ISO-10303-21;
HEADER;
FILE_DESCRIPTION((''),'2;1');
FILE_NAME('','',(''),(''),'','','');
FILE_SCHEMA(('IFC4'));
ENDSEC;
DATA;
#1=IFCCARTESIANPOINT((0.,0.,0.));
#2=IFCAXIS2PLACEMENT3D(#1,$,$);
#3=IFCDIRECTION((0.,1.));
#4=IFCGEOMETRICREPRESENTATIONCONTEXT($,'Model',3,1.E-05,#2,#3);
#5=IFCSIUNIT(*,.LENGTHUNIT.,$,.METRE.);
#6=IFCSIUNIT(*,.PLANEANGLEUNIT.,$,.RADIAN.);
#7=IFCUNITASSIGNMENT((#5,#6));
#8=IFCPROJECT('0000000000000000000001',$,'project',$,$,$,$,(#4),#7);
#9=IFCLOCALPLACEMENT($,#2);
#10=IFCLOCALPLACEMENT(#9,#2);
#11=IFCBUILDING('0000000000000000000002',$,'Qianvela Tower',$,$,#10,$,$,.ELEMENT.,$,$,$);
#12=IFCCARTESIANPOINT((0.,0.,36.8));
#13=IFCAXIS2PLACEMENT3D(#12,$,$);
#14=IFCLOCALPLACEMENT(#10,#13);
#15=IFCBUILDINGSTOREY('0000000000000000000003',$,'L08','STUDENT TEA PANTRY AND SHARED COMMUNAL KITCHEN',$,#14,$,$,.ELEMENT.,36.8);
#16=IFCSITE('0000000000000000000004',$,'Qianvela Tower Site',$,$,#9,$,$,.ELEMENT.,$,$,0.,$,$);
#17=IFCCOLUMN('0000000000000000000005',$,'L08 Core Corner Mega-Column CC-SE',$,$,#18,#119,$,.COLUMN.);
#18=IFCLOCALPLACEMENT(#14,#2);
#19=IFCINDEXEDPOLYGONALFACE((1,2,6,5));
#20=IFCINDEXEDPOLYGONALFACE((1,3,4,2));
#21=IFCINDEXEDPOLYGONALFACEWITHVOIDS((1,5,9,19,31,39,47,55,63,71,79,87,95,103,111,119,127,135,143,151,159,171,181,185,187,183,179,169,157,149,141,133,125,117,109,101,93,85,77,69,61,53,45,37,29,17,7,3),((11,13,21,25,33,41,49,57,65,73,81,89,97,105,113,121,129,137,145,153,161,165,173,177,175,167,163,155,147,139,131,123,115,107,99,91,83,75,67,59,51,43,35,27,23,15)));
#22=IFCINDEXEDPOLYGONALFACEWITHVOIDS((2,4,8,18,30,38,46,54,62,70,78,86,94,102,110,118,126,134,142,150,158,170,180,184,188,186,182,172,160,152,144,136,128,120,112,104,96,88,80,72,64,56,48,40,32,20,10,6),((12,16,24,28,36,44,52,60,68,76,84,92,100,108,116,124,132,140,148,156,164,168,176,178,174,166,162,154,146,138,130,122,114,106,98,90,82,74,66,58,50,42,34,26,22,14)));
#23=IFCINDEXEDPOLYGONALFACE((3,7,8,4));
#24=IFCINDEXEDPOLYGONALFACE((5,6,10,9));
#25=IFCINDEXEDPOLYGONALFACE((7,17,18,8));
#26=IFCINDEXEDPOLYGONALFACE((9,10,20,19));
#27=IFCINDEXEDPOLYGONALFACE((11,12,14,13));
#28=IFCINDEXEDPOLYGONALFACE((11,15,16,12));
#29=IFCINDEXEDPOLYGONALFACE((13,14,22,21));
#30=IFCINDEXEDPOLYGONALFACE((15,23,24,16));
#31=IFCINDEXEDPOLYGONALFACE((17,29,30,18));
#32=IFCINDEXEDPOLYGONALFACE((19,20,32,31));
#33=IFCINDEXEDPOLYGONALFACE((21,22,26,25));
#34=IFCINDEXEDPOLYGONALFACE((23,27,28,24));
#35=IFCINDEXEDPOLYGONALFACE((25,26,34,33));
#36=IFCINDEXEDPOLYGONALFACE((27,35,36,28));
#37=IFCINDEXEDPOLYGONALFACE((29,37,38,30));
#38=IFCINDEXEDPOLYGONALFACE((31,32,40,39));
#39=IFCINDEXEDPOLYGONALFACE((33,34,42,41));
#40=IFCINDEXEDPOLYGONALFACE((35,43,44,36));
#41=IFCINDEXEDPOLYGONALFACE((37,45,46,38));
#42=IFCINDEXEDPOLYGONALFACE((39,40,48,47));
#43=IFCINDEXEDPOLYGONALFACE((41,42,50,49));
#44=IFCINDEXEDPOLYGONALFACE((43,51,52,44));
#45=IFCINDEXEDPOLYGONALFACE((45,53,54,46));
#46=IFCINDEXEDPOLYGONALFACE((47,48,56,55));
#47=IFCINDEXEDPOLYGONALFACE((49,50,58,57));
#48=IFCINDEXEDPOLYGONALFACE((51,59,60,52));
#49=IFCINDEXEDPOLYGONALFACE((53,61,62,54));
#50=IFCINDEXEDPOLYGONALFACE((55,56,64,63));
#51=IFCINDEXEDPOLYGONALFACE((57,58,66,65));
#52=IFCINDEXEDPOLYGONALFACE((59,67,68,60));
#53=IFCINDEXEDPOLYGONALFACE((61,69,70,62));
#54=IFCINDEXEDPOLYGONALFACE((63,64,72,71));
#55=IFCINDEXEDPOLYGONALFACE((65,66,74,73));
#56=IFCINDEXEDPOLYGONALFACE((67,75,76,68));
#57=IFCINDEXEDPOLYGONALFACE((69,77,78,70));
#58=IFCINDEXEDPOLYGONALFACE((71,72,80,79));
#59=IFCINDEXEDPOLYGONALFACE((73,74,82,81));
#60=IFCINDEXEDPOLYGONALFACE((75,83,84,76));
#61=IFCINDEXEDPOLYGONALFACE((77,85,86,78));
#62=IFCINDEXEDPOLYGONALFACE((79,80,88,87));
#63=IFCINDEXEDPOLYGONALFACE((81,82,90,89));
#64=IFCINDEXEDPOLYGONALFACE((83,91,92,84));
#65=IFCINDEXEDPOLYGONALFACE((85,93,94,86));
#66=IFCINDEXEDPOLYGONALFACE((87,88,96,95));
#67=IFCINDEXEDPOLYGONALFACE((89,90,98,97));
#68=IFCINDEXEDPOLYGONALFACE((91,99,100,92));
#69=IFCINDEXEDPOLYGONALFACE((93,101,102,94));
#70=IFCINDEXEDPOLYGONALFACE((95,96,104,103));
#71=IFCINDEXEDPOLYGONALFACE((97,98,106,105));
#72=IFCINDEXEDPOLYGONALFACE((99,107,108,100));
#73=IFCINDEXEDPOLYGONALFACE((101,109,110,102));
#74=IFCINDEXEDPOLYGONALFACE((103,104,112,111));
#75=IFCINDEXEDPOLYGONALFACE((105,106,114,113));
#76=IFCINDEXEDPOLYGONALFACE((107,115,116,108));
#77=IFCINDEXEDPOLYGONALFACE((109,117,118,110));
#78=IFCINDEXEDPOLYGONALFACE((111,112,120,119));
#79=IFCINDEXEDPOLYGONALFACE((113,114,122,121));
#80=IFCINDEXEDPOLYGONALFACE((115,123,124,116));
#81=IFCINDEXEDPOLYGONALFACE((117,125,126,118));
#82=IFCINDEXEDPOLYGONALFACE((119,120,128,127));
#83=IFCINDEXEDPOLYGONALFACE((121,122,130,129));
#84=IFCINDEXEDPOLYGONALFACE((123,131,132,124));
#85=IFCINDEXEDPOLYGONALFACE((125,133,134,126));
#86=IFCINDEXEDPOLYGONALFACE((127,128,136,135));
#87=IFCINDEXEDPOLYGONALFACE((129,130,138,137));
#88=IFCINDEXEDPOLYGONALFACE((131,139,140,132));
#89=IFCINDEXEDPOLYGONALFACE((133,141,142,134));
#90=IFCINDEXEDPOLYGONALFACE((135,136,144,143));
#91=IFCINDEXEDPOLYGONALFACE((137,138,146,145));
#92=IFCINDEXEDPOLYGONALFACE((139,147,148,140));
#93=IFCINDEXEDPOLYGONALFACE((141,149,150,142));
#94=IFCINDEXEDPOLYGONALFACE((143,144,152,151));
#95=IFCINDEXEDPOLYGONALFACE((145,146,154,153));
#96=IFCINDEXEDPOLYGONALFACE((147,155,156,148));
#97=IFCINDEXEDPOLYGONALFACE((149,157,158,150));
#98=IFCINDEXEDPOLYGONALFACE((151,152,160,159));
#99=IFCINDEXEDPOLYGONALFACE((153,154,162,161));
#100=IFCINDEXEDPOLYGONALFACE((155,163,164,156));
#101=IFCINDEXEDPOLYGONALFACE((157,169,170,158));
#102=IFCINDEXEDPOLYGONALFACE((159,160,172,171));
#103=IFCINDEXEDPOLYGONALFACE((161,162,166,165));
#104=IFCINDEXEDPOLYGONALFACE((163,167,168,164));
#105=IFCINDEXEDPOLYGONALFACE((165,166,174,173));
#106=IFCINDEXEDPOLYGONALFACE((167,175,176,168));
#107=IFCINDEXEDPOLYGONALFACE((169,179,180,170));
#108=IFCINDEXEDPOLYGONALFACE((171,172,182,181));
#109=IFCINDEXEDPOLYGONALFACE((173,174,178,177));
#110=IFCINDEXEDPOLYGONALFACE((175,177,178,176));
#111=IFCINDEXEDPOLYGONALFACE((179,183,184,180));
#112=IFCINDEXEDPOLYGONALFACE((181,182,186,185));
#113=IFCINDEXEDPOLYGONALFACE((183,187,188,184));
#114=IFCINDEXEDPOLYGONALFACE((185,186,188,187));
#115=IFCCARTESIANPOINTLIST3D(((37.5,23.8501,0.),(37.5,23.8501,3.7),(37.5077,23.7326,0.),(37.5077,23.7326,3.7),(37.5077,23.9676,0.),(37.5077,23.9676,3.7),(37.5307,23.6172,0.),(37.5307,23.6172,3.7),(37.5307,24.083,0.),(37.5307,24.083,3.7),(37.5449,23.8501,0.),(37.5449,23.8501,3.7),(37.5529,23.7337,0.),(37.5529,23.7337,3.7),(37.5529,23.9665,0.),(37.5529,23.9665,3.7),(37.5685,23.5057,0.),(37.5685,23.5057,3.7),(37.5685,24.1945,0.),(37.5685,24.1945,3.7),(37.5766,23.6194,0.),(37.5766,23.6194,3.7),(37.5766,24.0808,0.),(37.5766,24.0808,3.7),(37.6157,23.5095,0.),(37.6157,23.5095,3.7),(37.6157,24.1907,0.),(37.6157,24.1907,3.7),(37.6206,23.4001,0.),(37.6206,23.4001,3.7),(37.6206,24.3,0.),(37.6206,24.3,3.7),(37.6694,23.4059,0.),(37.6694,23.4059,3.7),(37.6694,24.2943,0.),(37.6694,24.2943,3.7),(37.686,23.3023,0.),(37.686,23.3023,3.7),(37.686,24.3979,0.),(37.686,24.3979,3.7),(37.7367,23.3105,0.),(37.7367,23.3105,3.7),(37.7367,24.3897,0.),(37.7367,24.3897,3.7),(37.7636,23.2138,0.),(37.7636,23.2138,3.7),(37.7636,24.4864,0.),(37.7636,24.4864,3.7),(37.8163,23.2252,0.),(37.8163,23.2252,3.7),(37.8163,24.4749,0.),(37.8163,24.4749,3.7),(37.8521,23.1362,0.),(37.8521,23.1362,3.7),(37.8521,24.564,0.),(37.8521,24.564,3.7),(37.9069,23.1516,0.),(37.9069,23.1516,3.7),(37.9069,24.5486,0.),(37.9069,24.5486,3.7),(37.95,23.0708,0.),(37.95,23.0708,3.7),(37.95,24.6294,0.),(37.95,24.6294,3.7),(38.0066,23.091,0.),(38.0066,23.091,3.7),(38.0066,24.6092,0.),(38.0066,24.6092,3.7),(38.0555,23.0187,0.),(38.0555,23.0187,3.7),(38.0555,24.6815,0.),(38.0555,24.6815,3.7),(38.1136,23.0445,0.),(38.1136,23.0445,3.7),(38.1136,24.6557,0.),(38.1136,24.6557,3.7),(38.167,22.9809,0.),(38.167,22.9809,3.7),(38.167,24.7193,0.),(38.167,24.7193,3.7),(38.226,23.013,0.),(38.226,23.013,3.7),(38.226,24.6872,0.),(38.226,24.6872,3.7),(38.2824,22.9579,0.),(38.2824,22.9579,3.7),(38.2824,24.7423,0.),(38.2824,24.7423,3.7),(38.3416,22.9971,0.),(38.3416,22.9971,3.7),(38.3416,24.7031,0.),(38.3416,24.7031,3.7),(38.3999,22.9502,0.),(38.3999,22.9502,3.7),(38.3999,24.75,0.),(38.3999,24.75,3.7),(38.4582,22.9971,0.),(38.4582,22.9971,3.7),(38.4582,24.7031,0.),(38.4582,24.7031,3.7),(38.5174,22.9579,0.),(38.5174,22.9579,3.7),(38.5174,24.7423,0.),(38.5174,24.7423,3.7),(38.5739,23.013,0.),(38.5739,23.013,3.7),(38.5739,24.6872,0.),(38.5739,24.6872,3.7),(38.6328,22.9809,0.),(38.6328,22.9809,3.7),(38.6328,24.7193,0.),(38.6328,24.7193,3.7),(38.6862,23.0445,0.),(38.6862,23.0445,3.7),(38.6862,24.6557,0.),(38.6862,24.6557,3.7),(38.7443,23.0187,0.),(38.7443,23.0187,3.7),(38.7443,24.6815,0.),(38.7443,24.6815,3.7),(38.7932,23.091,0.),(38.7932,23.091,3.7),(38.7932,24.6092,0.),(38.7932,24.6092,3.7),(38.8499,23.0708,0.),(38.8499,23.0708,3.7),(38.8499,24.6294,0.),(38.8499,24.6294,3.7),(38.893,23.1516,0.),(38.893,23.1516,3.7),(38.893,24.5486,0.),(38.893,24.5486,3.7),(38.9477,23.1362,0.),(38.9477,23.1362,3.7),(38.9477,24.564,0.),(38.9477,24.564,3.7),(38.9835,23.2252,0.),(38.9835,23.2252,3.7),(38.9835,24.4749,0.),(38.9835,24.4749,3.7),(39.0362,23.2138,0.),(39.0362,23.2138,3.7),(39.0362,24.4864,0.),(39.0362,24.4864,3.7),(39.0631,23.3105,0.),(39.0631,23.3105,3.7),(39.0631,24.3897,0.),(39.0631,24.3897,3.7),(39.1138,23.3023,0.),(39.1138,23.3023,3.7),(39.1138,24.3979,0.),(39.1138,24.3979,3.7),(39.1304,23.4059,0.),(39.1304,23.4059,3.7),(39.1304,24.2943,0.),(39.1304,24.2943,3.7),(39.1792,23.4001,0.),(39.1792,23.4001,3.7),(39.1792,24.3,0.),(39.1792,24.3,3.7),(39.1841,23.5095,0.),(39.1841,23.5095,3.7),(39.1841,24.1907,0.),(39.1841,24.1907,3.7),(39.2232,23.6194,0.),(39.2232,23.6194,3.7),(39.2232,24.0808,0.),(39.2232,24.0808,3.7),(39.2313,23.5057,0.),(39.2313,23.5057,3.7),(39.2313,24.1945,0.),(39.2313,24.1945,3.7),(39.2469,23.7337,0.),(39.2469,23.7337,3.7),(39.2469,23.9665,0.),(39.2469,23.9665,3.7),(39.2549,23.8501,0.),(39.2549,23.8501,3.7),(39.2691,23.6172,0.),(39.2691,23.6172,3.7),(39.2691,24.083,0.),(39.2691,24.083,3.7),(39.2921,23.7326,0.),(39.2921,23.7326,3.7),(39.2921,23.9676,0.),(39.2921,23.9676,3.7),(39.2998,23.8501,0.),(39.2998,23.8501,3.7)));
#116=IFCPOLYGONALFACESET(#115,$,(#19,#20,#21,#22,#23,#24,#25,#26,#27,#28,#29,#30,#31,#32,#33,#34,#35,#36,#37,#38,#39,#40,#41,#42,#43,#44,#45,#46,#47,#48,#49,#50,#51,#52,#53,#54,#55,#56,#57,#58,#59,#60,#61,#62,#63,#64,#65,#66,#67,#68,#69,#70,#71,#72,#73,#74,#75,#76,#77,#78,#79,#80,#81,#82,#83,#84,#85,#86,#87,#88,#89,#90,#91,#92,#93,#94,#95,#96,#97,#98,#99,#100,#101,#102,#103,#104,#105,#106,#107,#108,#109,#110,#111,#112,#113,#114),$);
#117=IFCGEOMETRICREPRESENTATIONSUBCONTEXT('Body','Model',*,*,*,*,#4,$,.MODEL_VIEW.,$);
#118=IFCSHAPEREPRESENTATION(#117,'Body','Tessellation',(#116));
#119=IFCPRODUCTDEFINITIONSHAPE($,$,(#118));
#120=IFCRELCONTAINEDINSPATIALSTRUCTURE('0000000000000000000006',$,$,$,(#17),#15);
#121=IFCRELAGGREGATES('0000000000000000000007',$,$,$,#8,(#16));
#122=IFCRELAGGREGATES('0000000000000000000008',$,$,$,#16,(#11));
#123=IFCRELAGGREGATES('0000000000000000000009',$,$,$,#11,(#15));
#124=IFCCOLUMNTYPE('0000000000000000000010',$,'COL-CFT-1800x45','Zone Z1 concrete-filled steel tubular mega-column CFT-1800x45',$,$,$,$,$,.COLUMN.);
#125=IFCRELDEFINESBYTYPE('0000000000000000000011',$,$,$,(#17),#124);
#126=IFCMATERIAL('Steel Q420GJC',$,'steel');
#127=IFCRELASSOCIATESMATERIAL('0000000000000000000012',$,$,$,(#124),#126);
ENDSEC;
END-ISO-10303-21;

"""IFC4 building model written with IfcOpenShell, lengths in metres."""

from ifc_helpers import new_model, si_unit, direction, frame, origin, origin_2d, place, context, subcontext, project, spatial, hollow_circle, extrude, material, material_profile, profile_set, type_object, element, save


model = new_model("IFC4")

# Units and contexts
model_context = context("Model", 3, precision=1e-05, world=origin(), true_north=direction((0.0, 1.0)))
body_context = subcontext(model_context, "Body", "Model", "MODEL_VIEW")
ifc_project = project(units=[si_unit("LENGTHUNIT", "METRE"), si_unit("PLANEANGLEUNIT", "RADIAN")], contexts=[model_context])

# Site, building, storey
site_placement = place(None, origin())
site = spatial("IfcSite", under=ifc_project, at=site_placement, Name="Qianvela Tower Site", CompositionType="ELEMENT", RefElevation=0.0)
building_placement = place(site_placement, origin())
building = spatial("IfcBuilding", under=site, at=building_placement, Name="Qianvela Tower", CompositionType="ELEMENT")
storey_placement = place(building_placement, frame((0.0, 0.0, 36.8)))
storey = spatial("IfcBuildingStorey", under=building, at=storey_placement, Name="L08", Description="STUDENT TEA PANTRY AND SHARED COMMUNAL KITCHEN", CompositionType="ELEMENT", Elevation=36.8)

# Column
ifc_material_1 = material(Name="Steel Q420GJC", Category="steel")
ifc_material_profile_1 = material_profile(ifc_material_1, hollow_circle(Radius=0.8999, WallThickness=0.0449, at=origin_2d()), Name="CFT-1800x45")
ifc_profile_set_1 = profile_set([ifc_material_profile_1], Name="Steel Q420GJC")
column_type = type_object("IfcColumnType", Name="COL-CFT-1800x45", Description="Zone Z1 concrete-filled steel tubular mega-column CFT-1800x45", PredefinedType="COLUMN", material=ifc_profile_set_1)
for number, where, z_axis, x_axis, name in (
    (1, (38.3999, 23.8501, 0.0), (0.0, 0.0, 1.0), (1.0, 0.0, 0.0), "L08 Core Corner Mega-Column CC-SE"),
):
    element("IfcColumn", number, at=place(storey_placement, frame(where, z_axis=z_axis, x_axis=x_axis)), inside=storey, type_object=column_type, Name=name, PredefinedType="COLUMN", context=body_context, shape_type="SweptSolid", body=[
        extrude(hollow_circle(Radius=0.8999, WallThickness=0.0449, at=origin_2d()), origin(), (0.0, 0.0, 1.0), 3.7),
    ])

save(model, "model.ifc")
